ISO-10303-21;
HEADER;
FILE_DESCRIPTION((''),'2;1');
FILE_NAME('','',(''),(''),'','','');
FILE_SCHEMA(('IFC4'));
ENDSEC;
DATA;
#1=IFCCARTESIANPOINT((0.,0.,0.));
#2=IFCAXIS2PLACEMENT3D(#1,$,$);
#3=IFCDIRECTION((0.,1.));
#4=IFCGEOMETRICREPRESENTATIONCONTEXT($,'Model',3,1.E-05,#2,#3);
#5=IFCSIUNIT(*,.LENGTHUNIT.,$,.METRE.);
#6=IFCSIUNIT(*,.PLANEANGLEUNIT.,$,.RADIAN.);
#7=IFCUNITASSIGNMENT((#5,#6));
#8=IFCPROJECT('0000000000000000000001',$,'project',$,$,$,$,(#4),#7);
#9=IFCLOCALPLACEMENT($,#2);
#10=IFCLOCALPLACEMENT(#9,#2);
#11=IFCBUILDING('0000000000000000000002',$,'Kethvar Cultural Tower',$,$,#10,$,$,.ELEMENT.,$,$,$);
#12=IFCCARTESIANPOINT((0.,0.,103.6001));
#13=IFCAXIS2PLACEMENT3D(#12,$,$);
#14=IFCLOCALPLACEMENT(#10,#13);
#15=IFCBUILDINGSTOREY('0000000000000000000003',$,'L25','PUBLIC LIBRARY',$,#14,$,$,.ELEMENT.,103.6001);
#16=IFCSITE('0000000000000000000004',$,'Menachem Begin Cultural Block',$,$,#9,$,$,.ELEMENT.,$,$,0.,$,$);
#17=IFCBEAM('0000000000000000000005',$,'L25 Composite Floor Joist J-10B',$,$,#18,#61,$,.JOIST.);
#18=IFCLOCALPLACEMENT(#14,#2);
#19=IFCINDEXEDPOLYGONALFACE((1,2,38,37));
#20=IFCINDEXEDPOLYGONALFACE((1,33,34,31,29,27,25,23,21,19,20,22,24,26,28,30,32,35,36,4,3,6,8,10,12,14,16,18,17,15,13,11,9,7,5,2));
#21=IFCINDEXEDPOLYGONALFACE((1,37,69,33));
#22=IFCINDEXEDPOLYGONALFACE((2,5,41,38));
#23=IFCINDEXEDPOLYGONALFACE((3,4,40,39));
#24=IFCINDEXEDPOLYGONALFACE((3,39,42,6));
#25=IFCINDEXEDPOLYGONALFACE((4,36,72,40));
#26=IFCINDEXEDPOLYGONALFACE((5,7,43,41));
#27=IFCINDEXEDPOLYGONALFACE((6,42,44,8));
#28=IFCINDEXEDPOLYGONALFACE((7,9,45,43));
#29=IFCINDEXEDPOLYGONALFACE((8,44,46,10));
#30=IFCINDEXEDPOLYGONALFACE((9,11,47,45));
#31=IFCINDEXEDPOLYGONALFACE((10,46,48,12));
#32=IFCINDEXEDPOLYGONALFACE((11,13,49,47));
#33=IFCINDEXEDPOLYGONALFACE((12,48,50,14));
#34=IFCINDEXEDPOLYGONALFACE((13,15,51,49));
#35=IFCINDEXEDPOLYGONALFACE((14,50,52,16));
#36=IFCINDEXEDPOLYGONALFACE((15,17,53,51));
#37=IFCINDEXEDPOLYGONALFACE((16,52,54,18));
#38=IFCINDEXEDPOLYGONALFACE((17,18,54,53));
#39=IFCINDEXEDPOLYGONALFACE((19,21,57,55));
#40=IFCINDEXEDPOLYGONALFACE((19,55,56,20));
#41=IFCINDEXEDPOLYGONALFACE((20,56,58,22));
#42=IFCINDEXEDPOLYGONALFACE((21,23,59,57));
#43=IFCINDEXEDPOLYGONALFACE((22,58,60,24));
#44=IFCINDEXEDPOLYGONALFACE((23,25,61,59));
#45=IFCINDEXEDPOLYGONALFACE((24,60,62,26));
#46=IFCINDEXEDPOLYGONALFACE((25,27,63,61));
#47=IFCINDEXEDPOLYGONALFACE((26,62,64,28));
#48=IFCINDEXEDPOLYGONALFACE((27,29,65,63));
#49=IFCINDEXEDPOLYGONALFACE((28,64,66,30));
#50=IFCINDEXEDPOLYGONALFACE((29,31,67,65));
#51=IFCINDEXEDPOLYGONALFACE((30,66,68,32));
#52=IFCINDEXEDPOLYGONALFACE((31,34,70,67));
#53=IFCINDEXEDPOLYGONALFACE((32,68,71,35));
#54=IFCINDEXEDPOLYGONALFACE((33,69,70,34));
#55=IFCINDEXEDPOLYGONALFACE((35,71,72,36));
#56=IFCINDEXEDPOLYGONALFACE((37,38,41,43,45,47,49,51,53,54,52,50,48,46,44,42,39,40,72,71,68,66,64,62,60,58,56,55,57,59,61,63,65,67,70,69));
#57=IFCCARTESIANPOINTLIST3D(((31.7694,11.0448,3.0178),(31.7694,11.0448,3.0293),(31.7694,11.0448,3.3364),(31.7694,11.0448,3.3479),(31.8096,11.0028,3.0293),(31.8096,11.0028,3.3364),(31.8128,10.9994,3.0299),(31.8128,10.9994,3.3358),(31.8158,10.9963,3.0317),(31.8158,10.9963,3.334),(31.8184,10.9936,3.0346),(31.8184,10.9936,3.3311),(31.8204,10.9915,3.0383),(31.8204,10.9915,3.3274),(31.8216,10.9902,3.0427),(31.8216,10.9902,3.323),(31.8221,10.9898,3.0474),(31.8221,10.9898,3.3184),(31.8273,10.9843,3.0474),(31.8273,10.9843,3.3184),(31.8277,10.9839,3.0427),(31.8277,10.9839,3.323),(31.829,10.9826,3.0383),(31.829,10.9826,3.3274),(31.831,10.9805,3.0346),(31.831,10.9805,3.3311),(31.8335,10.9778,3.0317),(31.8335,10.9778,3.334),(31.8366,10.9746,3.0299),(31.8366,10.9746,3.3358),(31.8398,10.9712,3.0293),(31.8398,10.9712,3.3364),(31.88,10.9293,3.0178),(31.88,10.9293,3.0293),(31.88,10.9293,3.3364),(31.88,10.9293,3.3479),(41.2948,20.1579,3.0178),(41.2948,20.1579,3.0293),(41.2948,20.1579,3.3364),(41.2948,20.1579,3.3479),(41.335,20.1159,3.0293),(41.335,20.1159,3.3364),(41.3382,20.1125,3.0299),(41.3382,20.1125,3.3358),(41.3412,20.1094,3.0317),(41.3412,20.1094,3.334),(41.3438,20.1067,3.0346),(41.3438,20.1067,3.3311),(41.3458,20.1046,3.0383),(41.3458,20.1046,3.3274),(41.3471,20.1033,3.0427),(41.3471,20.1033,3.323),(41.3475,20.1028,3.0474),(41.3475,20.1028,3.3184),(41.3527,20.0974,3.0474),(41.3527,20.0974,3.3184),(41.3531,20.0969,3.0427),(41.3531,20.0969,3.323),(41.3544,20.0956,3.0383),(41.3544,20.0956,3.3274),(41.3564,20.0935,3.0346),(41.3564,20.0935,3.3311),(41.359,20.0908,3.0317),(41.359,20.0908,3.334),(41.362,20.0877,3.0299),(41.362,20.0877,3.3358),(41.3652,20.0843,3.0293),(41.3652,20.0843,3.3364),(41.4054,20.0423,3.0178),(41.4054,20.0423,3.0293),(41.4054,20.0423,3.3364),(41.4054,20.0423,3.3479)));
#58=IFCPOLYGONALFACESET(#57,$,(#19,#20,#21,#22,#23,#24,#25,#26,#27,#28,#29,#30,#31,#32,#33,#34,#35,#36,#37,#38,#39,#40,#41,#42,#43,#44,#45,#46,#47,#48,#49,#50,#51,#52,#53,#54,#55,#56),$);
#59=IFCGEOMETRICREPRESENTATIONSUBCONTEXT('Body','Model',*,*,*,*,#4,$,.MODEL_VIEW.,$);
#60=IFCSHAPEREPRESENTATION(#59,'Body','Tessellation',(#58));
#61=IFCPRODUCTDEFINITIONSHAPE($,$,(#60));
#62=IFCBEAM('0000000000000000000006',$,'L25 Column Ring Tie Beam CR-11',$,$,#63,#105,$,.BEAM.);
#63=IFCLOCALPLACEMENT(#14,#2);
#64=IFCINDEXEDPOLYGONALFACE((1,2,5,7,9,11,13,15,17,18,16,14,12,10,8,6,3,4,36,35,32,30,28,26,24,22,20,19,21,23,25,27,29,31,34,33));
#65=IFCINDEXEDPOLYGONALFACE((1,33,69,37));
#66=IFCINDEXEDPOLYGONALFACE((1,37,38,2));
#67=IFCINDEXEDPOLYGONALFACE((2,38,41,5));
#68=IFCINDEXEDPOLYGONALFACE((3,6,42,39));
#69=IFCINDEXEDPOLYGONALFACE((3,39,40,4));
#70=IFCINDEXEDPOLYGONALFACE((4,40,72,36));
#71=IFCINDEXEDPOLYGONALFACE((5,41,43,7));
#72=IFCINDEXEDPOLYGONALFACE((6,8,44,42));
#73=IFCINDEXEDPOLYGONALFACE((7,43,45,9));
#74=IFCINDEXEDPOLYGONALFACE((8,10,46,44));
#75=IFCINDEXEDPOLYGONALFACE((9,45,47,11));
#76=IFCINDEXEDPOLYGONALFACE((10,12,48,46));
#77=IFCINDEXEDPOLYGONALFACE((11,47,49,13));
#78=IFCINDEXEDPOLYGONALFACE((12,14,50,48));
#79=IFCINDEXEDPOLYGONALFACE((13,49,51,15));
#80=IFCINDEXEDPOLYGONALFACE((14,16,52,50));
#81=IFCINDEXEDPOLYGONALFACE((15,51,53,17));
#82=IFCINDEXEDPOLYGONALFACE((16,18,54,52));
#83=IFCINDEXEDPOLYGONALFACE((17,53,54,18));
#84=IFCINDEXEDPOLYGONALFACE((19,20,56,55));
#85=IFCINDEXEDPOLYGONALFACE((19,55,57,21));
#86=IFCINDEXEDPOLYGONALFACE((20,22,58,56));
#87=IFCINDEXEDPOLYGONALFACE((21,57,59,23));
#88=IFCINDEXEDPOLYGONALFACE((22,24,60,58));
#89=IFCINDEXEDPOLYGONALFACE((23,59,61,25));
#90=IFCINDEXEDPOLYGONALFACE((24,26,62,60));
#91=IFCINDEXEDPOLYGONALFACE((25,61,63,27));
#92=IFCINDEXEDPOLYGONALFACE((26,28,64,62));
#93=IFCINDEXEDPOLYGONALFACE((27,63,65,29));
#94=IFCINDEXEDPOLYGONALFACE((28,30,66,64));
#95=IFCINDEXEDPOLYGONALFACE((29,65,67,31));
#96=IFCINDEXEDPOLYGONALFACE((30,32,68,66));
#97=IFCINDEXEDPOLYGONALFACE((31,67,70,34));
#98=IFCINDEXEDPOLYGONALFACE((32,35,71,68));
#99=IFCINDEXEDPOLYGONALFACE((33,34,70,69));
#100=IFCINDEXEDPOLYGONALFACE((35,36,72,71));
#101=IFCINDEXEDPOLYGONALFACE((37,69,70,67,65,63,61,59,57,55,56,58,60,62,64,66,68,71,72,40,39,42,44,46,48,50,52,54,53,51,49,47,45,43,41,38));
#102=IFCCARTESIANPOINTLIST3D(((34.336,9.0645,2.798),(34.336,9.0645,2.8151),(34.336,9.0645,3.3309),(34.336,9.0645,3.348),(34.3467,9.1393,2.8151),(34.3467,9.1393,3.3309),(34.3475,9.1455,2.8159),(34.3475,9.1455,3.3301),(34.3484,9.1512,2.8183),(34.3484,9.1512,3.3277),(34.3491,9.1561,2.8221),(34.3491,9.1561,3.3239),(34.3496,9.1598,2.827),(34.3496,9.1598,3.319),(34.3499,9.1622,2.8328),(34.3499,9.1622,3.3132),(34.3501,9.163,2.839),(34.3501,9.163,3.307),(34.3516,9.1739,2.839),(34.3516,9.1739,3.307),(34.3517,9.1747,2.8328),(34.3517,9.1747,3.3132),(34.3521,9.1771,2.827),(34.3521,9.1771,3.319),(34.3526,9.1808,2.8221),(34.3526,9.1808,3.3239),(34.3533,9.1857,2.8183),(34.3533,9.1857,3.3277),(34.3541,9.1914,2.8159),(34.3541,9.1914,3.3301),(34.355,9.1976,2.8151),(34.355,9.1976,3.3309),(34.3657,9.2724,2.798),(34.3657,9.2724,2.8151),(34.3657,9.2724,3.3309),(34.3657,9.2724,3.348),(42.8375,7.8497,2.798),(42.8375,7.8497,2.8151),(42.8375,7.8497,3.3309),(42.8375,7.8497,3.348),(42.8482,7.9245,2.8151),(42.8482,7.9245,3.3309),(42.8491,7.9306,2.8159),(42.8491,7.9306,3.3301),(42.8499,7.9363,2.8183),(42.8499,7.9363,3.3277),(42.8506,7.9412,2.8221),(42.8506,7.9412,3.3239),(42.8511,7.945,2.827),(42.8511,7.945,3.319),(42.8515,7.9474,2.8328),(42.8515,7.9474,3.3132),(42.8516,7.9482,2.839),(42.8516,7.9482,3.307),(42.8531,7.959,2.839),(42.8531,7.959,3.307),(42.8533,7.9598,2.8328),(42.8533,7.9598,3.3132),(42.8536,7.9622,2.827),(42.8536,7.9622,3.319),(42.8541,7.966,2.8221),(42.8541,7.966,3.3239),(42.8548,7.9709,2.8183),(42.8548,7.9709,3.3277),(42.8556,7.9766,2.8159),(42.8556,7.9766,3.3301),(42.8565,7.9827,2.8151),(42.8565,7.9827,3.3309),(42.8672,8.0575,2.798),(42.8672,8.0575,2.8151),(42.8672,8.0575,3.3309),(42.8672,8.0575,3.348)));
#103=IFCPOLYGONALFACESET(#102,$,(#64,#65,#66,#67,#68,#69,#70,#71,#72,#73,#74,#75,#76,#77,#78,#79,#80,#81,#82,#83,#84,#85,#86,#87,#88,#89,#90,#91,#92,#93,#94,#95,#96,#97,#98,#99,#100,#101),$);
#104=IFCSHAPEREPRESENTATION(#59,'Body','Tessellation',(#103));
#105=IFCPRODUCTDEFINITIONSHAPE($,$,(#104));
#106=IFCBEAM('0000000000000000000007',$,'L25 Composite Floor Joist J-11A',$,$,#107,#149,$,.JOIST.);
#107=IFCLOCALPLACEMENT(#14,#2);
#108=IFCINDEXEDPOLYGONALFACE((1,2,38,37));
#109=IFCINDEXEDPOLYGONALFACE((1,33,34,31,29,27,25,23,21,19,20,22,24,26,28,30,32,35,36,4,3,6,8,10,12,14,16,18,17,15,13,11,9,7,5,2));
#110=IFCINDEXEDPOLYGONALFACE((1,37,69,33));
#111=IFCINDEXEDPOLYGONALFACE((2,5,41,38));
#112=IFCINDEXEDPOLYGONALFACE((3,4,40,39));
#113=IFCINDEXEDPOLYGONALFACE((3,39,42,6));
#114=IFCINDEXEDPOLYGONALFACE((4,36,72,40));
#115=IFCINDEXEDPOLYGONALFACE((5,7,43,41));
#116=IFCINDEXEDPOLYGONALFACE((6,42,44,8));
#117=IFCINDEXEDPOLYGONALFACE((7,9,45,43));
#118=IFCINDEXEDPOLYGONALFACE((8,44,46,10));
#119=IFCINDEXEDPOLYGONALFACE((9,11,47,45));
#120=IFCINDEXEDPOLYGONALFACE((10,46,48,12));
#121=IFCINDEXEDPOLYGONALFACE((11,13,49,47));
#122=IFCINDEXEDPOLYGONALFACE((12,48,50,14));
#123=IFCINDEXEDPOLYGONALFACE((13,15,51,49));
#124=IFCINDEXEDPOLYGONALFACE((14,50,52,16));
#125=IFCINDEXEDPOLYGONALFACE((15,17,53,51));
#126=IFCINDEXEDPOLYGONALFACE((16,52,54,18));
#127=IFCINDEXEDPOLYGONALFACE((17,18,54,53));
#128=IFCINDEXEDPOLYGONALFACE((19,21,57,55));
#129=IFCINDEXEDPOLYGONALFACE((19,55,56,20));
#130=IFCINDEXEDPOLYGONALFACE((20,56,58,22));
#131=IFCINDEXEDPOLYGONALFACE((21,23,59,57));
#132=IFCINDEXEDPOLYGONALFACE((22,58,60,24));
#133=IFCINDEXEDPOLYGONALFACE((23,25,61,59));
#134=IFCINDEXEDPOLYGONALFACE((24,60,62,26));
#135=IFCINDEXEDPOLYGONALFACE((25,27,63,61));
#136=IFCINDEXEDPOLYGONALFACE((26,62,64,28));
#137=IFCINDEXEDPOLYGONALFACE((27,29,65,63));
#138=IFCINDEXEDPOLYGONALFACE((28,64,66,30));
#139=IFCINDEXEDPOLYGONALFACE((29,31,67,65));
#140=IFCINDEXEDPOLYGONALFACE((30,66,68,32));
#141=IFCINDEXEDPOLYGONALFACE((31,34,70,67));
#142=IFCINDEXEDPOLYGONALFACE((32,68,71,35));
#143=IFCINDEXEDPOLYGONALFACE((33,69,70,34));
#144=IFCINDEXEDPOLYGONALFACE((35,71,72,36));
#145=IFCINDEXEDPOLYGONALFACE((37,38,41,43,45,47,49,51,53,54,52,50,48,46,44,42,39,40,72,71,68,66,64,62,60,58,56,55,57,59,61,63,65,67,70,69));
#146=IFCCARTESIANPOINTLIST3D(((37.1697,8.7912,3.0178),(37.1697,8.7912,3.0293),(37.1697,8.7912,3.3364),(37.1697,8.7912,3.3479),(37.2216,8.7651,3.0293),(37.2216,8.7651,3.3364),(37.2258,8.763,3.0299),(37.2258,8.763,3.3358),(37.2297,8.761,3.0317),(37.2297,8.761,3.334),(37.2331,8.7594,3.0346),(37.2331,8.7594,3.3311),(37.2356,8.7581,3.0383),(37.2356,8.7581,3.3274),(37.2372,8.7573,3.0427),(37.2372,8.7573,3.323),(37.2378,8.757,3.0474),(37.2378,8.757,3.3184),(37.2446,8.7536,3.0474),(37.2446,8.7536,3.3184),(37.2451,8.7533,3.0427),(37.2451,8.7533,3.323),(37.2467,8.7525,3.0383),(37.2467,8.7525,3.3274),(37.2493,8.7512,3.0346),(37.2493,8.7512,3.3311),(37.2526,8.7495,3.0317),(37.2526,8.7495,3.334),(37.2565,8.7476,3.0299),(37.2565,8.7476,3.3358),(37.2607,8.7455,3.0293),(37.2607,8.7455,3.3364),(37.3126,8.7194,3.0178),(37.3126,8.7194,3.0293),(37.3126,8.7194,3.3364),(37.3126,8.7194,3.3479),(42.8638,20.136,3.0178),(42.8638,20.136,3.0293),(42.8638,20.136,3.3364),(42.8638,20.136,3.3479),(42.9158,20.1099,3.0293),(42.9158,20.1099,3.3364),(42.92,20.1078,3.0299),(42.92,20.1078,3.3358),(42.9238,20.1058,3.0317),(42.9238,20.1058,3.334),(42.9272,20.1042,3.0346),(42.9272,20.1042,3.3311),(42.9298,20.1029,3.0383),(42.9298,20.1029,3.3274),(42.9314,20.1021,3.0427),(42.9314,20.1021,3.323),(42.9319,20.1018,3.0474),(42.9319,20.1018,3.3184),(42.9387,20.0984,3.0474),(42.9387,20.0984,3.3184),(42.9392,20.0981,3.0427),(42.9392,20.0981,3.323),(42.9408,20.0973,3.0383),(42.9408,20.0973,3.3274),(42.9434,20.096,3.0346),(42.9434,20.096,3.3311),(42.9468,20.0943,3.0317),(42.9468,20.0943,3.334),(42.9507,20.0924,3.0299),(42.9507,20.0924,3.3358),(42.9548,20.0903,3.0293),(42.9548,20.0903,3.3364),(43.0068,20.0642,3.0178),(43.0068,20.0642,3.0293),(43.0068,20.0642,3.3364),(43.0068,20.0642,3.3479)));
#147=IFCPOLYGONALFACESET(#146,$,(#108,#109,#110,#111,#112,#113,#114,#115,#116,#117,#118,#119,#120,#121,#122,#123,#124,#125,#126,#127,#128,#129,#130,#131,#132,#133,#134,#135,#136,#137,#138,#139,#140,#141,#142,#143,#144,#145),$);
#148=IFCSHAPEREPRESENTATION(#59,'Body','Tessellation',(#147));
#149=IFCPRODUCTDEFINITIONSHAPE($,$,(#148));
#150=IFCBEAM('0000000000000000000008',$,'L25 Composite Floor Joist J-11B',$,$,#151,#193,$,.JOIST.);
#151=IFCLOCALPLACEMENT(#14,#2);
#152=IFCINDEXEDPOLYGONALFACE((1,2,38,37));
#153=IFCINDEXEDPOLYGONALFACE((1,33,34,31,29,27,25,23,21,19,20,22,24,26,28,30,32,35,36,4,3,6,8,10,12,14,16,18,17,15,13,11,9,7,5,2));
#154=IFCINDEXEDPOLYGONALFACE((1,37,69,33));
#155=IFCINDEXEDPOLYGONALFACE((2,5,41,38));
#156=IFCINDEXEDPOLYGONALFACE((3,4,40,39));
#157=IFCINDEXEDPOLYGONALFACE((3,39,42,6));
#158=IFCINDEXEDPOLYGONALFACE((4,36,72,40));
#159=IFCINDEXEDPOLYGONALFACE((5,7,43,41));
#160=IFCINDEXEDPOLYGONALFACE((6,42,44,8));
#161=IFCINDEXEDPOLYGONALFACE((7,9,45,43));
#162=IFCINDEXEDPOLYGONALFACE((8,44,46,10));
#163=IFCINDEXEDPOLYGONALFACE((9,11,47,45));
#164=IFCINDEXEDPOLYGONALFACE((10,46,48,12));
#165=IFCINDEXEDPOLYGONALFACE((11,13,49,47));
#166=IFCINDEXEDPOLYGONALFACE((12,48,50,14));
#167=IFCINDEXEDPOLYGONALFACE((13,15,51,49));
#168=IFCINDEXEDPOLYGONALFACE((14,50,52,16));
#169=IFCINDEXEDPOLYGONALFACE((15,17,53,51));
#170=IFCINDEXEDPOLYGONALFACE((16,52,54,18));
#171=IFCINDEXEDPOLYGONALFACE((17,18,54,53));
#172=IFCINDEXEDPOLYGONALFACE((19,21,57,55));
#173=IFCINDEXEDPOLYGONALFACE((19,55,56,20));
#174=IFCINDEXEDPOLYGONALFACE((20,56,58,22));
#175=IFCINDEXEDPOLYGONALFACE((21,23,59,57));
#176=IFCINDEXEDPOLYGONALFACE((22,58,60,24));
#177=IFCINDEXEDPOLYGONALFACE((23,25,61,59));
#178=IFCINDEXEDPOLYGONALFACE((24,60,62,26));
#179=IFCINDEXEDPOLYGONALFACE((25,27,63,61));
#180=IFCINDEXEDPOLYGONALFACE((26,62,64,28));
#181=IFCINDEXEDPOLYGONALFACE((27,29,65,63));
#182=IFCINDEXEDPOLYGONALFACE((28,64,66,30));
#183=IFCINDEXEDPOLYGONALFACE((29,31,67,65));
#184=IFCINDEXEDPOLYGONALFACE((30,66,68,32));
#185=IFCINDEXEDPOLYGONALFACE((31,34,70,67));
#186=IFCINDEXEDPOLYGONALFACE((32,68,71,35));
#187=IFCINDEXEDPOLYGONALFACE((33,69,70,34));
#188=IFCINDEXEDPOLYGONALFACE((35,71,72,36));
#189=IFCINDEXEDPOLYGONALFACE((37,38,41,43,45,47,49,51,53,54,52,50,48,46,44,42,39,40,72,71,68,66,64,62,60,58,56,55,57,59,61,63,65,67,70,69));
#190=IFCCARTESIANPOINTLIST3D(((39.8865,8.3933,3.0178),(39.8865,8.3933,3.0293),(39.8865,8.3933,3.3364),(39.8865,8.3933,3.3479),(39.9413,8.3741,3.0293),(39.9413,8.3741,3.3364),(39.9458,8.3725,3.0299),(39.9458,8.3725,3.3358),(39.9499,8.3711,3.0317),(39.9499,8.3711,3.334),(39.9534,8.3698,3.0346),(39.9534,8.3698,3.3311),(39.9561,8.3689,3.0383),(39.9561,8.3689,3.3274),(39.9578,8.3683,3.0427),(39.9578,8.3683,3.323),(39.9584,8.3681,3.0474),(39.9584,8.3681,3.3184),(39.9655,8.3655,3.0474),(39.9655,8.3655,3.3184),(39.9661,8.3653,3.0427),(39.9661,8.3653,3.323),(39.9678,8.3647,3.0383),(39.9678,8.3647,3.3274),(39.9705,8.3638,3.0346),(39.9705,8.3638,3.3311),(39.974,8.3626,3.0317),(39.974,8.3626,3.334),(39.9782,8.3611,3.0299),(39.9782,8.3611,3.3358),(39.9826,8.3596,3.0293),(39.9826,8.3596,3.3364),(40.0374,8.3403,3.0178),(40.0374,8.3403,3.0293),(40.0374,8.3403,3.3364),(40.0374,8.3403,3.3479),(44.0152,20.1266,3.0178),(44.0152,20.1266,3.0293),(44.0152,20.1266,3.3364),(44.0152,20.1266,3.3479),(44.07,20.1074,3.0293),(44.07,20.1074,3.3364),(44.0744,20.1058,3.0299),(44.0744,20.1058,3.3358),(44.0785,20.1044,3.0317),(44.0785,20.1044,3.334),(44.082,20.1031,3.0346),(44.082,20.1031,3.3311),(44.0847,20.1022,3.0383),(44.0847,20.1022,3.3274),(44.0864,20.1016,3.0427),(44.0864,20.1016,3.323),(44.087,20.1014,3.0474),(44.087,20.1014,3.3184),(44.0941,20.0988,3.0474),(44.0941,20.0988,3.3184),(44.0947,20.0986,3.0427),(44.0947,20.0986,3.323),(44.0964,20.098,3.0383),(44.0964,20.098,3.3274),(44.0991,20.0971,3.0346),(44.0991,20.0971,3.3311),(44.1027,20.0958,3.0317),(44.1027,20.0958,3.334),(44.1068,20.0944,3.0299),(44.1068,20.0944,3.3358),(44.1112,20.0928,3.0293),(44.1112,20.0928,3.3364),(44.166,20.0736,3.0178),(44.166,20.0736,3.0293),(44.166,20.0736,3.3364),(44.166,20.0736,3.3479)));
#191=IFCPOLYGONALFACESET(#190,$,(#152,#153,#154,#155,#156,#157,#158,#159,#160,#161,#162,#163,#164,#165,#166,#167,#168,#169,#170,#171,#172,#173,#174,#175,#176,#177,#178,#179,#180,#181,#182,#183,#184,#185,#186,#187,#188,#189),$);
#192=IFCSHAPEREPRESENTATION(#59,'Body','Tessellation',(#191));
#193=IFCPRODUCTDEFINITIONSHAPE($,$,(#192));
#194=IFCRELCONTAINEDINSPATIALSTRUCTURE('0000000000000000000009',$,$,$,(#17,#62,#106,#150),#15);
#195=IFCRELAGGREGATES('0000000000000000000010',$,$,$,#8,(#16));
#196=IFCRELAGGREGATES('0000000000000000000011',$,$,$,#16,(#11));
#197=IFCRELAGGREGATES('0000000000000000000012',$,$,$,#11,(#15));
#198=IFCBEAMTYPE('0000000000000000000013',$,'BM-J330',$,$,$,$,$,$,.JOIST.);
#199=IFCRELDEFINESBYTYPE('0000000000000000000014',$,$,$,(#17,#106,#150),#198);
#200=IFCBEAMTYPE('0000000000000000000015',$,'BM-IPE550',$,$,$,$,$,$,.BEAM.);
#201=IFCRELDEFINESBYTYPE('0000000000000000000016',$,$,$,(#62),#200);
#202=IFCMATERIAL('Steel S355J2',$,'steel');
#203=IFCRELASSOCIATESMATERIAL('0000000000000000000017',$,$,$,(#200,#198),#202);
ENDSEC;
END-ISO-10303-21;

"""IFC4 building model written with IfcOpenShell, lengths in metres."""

from ifc_helpers import new_model, si_unit, direction, frame, origin, origin_2d, place, context, subcontext, project, spatial, i_section, extrude, source, transform, mapped, material, material_profile, profile_set, type_object, element, save


model = new_model("IFC4")

# Units and contexts
model_context = context("Model", 3, precision=1e-05, world=origin(), true_north=direction((0.0, 1.0)))
body_context = subcontext(model_context, "Body", "Model", "MODEL_VIEW")
ifc_project = project(units=[si_unit("LENGTHUNIT", "METRE"), si_unit("PLANEANGLEUNIT", "RADIAN")], contexts=[model_context])

# Site, building, storey
site_placement = place(None, origin())
site = spatial("IfcSite", under=ifc_project, at=site_placement, Name="Menachem Begin Cultural Block", CompositionType="ELEMENT", RefElevation=0.0)
building_placement = place(site_placement, origin())
building = spatial("IfcBuilding", under=site, at=building_placement, Name="Kethvar Cultural Tower", CompositionType="ELEMENT")
storey_placement = place(building_placement, frame((0.0, 0.0, 103.6001)))
storey = spatial("IfcBuildingStorey", under=building, at=storey_placement, Name="L25", Description="PUBLIC LIBRARY", CompositionType="ELEMENT", Elevation=103.6001)

# Beams
ifc_material_1 = material(Name="Steel S355J2", Category="steel")
ifc_material_profile_1 = material_profile(ifc_material_1, i_section(OverallWidth=0.21, OverallDepth=0.55, WebThickness=0.011, FlangeThickness=0.0171, FilletRadius=0.0239, at=origin_2d()), Name="Steel S355J2 — IPE550")
ifc_profile_set_1 = profile_set([ifc_material_profile_1], Name="Steel S355J2 — IPE550")
beam_type_1 = type_object("IfcBeamType", Name="BM-IPE550", PredefinedType="BEAM", material=ifc_profile_set_1)
ifc_material_profile_2 = material_profile(ifc_material_1, i_section(OverallWidth=0.1599, OverallDepth=0.3301, WebThickness=0.0076, FlangeThickness=0.0115, FilletRadius=0.0181, at=origin_2d()), Name="Steel S355J2 — IPE330")
ifc_profile_set_2 = profile_set([ifc_material_profile_2], Name="Steel S355J2 — IPE330")
beam_type_2 = type_object("IfcBeamType", Name="BM-J330", PredefinedType="JOIST", material=ifc_profile_set_2)
shared_shape_1 = source(origin(), body_context, "Body", "SweptSolid", [
    extrude(i_section(OverallWidth=0.1599, OverallDepth=0.3301, WebThickness=0.0076, FlangeThickness=0.0115, FilletRadius=0.0181, at=origin_2d()), origin(), (0.0, 0.0, 1.0), 13.1826),
])
beam_1_placement = place(storey_placement, frame((41.3501, 20.1001, 3.1829), z_axis=(-0.722574, -0.691294, 0.0), x_axis=(0.691294, -0.722574, 0.0)))
element("IfcBeam", 1, at=beam_1_placement, inside=storey, type_object=beam_type_2, Name="L25 Composite Floor Joist J-10B", PredefinedType="JOIST", context=body_context, shape_type="MappedRepresentation", body=[
    mapped(shared_shape_1, transform((0.0, 0.0, 0.0), scale=1.0)),
])
shared_shape_2 = source(origin(), body_context, "Body", "SweptSolid", [
    extrude(i_section(OverallWidth=0.21, OverallDepth=0.55, WebThickness=0.011, FlangeThickness=0.0171, FilletRadius=0.0239, at=origin_2d()), origin(), (0.0, 0.0, 1.0), 8.5879),
])
beam_2_placement = place(storey_placement, frame((34.3508, 9.1685, 3.073), z_axis=(0.989944, -0.141461, 0.0), x_axis=(0.141461, 0.989944, 0.0)))
element("IfcBeam", 2, at=beam_2_placement, inside=storey, type_object=beam_type_1, Name="L25 Column Ring Tie Beam CR-11", PredefinedType="BEAM", context=body_context, shape_type="MappedRepresentation", body=[
    mapped(shared_shape_2, transform((0.0, 0.0, 0.0), scale=1.0)),
])
shared_shape_3 = source(origin(), body_context, "Body", "SweptSolid", [
    extrude(i_section(OverallWidth=0.1599, OverallDepth=0.3301, WebThickness=0.0076, FlangeThickness=0.0115, FilletRadius=0.0181, at=origin_2d()), origin(), (0.0, 0.0, 1.0), 12.6936),
])
beam_3_placement = place(storey_placement, frame((42.9353, 20.1001, 3.1829), z_axis=(-0.448582, -0.893741, 0.0), x_axis=(0.893741, -0.448582, 0.0)))
element("IfcBeam", 3, at=beam_3_placement, inside=storey, type_object=beam_type_2, Name="L25 Composite Floor Joist J-11A", PredefinedType="JOIST", context=body_context, shape_type="MappedRepresentation", body=[
    mapped(shared_shape_3, transform((0.0, 0.0, 0.0), scale=1.0)),
])
shared_shape_4 = source(origin(), body_context, "Body", "SweptSolid", [
    extrude(i_section(OverallWidth=0.1599, OverallDepth=0.3301, WebThickness=0.0076, FlangeThickness=0.0115, FilletRadius=0.0181, at=origin_2d()), origin(), (0.0, 0.0, 1.0), 12.4385),
])
beam_4_placement = place(storey_placement, frame((44.0906, 20.1001, 3.1829), z_axis=(-0.331924, -0.943306, 0.0), x_axis=(0.943306, -0.331924, 0.0)))
element("IfcBeam", 4, at=beam_4_placement, inside=storey, type_object=beam_type_2, Name="L25 Composite Floor Joist J-11B", PredefinedType="JOIST", context=body_context, shape_type="MappedRepresentation", body=[
    mapped(shared_shape_4, transform((0.0, 0.0, 0.0), scale=1.0)),
])

save(model, "model.ifc")
